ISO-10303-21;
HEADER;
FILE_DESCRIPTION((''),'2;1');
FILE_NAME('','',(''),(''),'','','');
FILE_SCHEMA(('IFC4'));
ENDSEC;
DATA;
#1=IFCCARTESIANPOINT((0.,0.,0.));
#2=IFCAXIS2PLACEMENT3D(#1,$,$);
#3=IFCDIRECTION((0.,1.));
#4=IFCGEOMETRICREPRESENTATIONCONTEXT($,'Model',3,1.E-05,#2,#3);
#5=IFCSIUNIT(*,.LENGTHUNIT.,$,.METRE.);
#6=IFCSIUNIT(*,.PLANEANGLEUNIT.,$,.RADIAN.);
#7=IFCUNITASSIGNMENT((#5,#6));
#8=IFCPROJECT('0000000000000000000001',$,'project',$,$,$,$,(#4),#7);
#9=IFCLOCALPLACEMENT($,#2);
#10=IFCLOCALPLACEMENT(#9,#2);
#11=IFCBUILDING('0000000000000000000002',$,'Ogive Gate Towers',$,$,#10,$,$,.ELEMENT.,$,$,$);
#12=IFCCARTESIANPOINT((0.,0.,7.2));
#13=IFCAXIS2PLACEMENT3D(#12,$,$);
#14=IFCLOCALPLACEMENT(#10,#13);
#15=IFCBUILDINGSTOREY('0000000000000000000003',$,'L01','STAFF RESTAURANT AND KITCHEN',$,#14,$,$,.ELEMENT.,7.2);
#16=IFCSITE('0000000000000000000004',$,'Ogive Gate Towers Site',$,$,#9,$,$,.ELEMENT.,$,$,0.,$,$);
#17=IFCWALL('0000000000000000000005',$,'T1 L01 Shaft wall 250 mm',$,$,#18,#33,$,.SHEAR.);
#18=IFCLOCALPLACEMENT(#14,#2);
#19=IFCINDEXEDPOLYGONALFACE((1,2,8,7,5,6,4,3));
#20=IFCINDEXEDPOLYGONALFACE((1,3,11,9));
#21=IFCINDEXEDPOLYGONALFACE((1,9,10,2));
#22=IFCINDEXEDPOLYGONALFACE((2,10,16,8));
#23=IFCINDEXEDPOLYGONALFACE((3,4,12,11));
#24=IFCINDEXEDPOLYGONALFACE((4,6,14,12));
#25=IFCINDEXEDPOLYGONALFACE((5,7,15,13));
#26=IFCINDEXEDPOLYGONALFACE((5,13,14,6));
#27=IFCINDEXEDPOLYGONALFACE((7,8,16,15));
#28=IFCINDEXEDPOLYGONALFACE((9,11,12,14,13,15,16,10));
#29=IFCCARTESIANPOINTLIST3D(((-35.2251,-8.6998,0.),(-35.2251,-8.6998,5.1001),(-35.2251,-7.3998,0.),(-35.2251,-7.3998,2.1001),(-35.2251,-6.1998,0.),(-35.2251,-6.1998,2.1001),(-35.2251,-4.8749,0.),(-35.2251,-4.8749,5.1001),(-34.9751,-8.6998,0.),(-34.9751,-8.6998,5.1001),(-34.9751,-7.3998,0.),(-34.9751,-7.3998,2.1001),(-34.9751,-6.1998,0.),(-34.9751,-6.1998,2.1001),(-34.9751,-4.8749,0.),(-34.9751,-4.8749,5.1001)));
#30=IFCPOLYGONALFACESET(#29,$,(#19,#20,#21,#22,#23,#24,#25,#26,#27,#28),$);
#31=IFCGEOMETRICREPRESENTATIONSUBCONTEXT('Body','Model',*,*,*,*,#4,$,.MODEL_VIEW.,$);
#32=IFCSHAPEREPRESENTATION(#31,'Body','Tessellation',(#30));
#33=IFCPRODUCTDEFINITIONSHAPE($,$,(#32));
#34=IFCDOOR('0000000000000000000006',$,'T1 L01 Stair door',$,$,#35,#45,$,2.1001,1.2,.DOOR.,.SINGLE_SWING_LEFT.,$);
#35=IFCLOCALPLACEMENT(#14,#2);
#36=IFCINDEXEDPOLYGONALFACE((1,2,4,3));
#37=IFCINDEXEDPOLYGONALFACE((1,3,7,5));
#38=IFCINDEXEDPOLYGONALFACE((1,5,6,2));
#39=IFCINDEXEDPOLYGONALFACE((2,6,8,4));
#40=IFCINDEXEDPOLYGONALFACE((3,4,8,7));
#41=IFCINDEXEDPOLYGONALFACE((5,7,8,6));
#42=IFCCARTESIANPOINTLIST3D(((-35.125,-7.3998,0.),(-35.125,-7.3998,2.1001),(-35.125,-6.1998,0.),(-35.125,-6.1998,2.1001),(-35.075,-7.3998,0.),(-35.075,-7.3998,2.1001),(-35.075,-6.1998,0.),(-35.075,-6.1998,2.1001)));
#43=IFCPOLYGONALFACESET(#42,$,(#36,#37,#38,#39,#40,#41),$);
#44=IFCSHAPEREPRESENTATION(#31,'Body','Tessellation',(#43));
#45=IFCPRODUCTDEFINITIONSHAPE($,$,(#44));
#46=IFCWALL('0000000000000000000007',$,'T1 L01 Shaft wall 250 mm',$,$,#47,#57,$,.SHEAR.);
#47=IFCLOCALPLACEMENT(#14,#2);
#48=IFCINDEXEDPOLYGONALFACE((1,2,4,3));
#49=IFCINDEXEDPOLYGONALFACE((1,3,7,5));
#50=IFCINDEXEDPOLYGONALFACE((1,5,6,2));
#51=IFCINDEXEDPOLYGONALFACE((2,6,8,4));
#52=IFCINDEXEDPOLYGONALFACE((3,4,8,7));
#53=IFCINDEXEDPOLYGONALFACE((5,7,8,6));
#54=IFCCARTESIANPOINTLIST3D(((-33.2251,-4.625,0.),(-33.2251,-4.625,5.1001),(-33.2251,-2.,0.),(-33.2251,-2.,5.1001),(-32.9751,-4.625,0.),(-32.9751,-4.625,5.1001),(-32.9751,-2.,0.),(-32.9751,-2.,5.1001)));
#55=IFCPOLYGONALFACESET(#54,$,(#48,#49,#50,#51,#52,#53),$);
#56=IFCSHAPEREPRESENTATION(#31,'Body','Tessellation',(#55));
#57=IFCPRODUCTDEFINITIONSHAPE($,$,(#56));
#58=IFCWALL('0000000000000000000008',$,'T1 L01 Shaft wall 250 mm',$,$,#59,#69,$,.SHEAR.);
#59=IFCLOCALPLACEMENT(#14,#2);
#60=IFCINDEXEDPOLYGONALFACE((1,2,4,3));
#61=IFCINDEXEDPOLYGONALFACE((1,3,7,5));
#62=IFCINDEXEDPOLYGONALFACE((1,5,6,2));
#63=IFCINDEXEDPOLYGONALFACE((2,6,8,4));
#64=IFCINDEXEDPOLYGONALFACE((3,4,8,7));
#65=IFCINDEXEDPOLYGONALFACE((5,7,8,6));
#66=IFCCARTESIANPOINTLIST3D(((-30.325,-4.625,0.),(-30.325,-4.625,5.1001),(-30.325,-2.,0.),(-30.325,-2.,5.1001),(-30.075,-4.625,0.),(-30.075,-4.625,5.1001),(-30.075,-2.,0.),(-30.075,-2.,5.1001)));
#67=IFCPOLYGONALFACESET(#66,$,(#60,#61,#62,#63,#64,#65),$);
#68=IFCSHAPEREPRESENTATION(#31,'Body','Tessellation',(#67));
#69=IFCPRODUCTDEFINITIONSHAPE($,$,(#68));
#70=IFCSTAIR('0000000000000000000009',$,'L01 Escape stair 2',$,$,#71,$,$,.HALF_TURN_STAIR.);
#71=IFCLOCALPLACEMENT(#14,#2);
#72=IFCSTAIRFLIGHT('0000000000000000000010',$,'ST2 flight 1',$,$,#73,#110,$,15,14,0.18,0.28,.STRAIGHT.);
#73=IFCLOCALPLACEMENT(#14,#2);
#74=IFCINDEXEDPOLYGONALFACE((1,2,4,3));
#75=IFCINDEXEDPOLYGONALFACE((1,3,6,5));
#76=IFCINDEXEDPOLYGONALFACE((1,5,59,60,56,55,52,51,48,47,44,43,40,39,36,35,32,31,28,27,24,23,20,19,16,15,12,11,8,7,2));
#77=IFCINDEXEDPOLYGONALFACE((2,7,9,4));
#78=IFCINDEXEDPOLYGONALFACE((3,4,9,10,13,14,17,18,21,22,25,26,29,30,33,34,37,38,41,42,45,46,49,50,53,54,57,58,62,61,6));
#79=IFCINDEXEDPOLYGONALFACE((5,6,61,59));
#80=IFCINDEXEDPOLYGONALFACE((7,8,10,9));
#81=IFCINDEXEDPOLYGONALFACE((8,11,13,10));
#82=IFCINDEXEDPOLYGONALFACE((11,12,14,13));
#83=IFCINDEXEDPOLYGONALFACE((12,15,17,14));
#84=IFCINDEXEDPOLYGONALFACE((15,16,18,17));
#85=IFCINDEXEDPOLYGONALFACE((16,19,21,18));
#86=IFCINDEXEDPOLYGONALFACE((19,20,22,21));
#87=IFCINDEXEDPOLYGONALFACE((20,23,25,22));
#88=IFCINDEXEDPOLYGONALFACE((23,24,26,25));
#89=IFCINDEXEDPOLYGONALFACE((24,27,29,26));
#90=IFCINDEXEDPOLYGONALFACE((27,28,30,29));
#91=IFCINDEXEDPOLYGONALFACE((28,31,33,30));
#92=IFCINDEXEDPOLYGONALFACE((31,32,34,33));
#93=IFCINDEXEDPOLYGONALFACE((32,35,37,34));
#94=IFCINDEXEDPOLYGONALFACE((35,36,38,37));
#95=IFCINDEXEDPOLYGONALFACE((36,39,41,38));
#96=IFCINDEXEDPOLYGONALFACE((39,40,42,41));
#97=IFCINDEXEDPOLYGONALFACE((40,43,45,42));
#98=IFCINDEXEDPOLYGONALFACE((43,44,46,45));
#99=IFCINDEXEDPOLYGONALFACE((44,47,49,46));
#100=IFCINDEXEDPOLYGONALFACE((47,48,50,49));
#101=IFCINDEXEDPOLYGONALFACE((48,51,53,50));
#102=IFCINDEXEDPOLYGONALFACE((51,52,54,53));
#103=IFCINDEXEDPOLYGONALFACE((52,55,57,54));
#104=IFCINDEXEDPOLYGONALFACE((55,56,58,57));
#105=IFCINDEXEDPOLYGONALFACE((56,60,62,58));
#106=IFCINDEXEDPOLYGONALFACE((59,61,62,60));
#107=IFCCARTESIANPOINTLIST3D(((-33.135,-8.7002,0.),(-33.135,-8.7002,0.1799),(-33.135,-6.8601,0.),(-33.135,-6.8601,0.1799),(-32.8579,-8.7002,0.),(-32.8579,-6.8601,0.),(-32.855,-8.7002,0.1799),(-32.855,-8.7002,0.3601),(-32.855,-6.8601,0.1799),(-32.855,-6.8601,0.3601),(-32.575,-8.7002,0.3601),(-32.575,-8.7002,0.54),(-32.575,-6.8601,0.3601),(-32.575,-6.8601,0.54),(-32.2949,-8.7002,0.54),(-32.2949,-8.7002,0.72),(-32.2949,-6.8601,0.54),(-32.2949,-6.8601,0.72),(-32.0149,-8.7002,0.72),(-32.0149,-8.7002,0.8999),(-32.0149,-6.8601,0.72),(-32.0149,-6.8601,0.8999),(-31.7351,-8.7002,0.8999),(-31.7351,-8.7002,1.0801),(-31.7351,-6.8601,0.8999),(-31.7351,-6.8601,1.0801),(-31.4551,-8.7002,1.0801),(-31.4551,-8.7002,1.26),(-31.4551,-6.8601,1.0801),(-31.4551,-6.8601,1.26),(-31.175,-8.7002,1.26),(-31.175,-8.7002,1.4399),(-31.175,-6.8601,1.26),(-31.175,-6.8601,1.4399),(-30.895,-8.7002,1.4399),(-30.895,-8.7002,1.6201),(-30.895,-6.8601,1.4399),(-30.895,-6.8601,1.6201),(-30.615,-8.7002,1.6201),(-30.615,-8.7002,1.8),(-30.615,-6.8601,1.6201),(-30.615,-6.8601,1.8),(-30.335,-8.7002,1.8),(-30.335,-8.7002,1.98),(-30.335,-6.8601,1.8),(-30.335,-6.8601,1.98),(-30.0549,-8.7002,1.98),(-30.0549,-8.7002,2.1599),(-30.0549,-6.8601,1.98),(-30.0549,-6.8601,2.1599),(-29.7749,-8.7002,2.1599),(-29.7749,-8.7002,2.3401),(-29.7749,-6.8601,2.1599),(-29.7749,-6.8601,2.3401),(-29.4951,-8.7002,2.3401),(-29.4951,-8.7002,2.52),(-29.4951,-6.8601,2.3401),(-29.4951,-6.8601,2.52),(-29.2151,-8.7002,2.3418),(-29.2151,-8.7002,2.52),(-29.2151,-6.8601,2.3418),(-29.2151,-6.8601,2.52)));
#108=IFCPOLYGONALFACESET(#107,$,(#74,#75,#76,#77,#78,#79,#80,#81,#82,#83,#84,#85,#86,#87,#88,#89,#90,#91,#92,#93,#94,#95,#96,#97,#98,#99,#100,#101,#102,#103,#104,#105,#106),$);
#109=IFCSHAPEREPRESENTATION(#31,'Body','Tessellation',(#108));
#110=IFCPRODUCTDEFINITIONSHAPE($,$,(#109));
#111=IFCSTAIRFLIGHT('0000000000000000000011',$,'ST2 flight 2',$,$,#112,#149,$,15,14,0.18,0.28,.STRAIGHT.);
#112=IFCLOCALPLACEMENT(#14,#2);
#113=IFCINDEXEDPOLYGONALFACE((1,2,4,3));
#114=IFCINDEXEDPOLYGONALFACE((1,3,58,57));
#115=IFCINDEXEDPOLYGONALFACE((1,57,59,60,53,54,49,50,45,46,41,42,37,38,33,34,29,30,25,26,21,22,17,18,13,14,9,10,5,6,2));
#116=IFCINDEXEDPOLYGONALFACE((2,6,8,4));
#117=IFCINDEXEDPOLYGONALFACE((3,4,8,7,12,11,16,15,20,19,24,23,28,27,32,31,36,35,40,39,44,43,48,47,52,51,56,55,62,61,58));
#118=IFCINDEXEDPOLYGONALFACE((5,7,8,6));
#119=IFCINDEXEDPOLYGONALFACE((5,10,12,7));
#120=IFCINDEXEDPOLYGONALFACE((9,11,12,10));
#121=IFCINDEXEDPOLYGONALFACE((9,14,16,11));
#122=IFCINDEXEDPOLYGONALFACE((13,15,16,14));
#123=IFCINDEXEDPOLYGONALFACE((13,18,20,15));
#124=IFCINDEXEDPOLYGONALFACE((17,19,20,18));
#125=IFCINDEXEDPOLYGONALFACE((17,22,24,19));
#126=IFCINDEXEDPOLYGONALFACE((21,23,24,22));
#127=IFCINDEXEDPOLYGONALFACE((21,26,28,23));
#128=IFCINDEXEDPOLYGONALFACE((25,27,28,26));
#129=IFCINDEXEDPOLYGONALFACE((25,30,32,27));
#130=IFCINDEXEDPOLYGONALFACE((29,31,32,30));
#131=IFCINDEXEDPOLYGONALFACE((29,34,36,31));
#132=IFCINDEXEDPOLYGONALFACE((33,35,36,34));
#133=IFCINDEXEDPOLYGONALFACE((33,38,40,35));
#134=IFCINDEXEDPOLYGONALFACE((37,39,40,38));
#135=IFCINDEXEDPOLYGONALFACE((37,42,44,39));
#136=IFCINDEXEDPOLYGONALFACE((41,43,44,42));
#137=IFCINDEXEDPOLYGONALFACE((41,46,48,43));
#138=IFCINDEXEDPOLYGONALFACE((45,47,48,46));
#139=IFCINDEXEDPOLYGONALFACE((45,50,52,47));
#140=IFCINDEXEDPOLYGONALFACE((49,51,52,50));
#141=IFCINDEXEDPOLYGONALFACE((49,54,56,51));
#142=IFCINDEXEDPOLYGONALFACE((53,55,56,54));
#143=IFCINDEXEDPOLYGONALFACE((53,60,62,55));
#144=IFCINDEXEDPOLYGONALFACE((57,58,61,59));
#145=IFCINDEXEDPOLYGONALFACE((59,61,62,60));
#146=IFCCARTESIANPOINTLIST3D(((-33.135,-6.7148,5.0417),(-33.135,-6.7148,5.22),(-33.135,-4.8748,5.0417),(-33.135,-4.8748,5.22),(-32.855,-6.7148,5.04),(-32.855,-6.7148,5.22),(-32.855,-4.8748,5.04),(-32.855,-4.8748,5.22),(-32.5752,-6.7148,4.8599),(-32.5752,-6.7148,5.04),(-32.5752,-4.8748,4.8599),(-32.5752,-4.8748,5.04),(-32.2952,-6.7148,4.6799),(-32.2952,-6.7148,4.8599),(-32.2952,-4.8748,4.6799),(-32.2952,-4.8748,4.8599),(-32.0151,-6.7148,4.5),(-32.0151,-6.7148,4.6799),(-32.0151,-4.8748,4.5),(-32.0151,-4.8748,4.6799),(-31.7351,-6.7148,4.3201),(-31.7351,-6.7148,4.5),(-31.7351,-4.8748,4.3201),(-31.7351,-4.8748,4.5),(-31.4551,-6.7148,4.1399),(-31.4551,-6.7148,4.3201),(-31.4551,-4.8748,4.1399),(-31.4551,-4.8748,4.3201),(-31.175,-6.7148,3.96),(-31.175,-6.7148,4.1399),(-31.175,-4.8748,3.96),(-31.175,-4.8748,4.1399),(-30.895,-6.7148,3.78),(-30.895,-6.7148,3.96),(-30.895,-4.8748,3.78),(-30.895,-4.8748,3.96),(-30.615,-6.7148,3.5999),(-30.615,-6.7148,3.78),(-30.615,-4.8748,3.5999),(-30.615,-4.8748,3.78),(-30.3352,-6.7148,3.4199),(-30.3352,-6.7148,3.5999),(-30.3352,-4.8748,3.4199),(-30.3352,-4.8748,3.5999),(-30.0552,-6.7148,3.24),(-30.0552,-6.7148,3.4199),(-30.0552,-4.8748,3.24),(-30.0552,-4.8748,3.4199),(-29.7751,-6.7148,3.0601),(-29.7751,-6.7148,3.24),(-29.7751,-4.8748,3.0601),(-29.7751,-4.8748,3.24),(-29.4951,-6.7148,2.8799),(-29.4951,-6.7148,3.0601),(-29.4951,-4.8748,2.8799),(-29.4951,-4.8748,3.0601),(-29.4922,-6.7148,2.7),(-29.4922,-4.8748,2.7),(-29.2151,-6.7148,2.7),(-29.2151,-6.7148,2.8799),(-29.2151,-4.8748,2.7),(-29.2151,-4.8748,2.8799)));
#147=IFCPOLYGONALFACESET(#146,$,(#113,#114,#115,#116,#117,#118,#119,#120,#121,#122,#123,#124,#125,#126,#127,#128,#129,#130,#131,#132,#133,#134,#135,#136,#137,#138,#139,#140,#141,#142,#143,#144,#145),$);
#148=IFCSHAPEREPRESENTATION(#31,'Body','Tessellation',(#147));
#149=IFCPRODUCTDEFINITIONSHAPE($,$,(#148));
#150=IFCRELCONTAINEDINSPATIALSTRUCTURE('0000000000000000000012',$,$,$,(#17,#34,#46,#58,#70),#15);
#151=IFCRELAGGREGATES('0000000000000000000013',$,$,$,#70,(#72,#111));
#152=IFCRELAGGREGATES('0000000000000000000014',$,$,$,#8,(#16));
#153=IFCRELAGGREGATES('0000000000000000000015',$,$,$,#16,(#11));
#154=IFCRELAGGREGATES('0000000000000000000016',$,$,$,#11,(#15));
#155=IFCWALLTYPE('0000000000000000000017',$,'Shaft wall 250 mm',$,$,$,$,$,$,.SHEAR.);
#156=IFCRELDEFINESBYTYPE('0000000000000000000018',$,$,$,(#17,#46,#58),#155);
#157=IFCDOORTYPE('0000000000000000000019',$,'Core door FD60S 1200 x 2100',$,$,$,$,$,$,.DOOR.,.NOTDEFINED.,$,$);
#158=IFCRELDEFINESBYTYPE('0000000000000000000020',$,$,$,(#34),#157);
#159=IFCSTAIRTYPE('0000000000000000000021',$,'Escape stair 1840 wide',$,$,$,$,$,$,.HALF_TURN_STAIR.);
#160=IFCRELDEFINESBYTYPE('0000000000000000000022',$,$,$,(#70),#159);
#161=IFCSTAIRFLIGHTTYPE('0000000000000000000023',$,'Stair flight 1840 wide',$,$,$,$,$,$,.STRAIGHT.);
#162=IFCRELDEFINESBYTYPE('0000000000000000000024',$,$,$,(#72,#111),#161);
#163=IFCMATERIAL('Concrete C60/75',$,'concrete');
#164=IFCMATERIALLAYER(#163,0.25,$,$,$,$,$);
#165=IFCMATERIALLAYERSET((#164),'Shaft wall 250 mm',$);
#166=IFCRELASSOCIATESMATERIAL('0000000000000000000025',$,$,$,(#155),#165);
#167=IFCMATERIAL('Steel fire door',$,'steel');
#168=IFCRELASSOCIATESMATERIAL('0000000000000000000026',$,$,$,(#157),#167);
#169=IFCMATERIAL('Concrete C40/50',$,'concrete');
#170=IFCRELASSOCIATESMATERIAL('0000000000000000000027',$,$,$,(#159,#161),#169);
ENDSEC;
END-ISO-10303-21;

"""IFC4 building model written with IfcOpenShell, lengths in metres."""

from ifc_helpers import new_model, si_unit, direction, frame, frame_2d, origin, place, context, subcontext, project, spatial, polyline, rectangle, outline, extrude, material, layer, layer_set, type_object, element, fill, aggregate, save


model = new_model("IFC4")

# Units and contexts
model_context = context("Model", 3, precision=1e-05, world=origin(), true_north=direction((0.0, 1.0)))
body_context = subcontext(model_context, "Body", "Model", "MODEL_VIEW")
ifc_project = project(units=[si_unit("LENGTHUNIT", "METRE"), si_unit("PLANEANGLEUNIT", "RADIAN")], contexts=[model_context])

# Site, building, storey
site_placement = place(None, origin())
site = spatial("IfcSite", under=ifc_project, at=site_placement, Name="Ogive Gate Towers Site", CompositionType="ELEMENT", RefElevation=0.0)
building_placement = place(site_placement, origin())
building = spatial("IfcBuilding", under=site, at=building_placement, Name="Ogive Gate Towers", CompositionType="ELEMENT")
storey_placement = place(building_placement, frame((0.0, 0.0, 7.2)))
storey = spatial("IfcBuildingStorey", under=building, at=storey_placement, Name="L01", Description="STAFF RESTAURANT AND KITCHEN", CompositionType="ELEMENT", Elevation=7.2)

# Shared definitions
ifc_material_1 = material(Name="Concrete C40/50", Category="concrete")

# Shared definitions
ifc_material_2 = material(Name="Concrete C60/75", Category="concrete")
ifc_material_3 = material(Name="Steel fire door", Category="steel")

# Wall, opening, door
ifc_layer_1 = layer(ifc_material_2, 0.25)
ifc_layer_set_1 = layer_set([ifc_layer_1], Name="Shaft wall 250 mm")
wall_type_1 = type_object("IfcWallType", Name="Shaft wall 250 mm", PredefinedType="SHEAR", material=ifc_layer_set_1)
wall_1_placement = place(storey_placement, frame((-35.1001, -8.7, 0.0), z_axis=(0.0, 0.0, 1.0), x_axis=(0.0, 1.0, 0.0)))
wall_1 = element("IfcWall", 1, at=wall_1_placement, inside=storey, type_object=wall_type_1, Name="T1 L01 Shaft wall 250 mm", PredefinedType="SHEAR", context=body_context, shape_type="SweptSolid", body=[
    extrude(rectangle(XDim=3.825, YDim=0.25, at=frame_2d((1.9126, 0.0))), origin(), (0.0, 0.0, 1.0), 5.1001),
])
opening_1_placement = place(wall_1_placement, frame((1.3, 0.0, 0.0)))
opening_1 = element("IfcOpeningElement", 2, at=opening_1_placement, cuts=wall_1, PredefinedType="OPENING", context=body_context, shape_type="SweptSolid", body=[
    extrude(rectangle(XDim=1.2, YDim=2.1001, at=frame_2d((0.6001, 1.05))), frame((0.0, 0.135, 0.0), z_axis=(0.0, -1.0, 0.0), x_axis=(1.0, 0.0, 0.0)), (0.0, 0.0, 1.0), 0.27),
])
door_type_1 = type_object("IfcDoorType", Name="Core door FD60S 1200 x 2100", OperationType="NOTDEFINED", PredefinedType="DOOR", material=ifc_material_3)
door_1_placement = place(opening_1_placement, origin())
door_1 = element("IfcDoor", 3, at=door_1_placement, inside=storey, type_object=door_type_1, Name="T1 L01 Stair door", OperationType="SINGLE_SWING_LEFT", OverallHeight=2.1001, OverallWidth=1.2, PredefinedType="DOOR", context=body_context, shape_type="SweptSolid", body=[
    extrude(rectangle(XDim=1.2, YDim=2.1001, at=frame_2d((0.6001, 1.05))), frame((0.0, 0.0249, 0.0), z_axis=(0.0, -1.0, 0.0), x_axis=(1.0, 0.0, 0.0)), (0.0, 0.0, 1.0), 0.05),
])
fill(opening_1, door_1)

# Walls
for number, where, z_axis, x_axis, name in (
    (4, (-33.1001, -4.625, 0.0), (0.0, 0.0, 1.0), (0.0, 1.0, 0.0), "T1 L01 Shaft wall 250 mm"),
    (5, (-30.2, -4.625, 0.0), (0.0, 0.0, 1.0), (0.0, 1.0, 0.0), "T1 L01 Shaft wall 250 mm"),
):
    element("IfcWall", number, at=place(storey_placement, frame(where, z_axis=z_axis, x_axis=x_axis)), inside=storey, type_object=wall_type_1, Name=name, PredefinedType="SHEAR", context=body_context, shape_type="SweptSolid", body=[
        extrude(rectangle(XDim=2.625, YDim=0.25, at=frame_2d((1.3125, 0.0))), origin(), (0.0, 0.0, 1.0), 5.1001),
    ])

# Stair, stair flights
stair_type = type_object("IfcStairType", Name="Escape stair 1840 wide", PredefinedType="HALF_TURN_STAIR", material=ifc_material_1)
stair_placement = place(storey_placement, origin())
stair = element("IfcStair", 6, at=stair_placement, inside=storey, type_object=stair_type, Name="L01 Escape stair 2", PredefinedType="HALF_TURN_STAIR")
stair_flight_type = type_object("IfcStairFlightType", Name="Stair flight 1840 wide", PredefinedType="STRAIGHT", material=ifc_material_1)
stair_flight_1_placement = place(storey_placement, frame((-33.135, -7.78, 0.0), z_axis=(0.0, 0.0, 1.0), x_axis=(1.0, 0.0, 0.0)))
stair_flight_1 = element("IfcStairFlight", 7, at=stair_flight_1_placement, type_object=stair_flight_type, Name="ST2 flight 1", NumberOfRisers=15, NumberOfTreads=14, PredefinedType="STRAIGHT", RiserHeight=0.18, TreadLength=0.28, context=body_context, shape_type="SweptSolid", body=[
    extrude(outline(polyline([(0.0, 0.0), (0.0, 0.1799), (0.28, 0.1799), (0.28, 0.3601), (0.5601, 0.3601), (0.5601, 0.54), (0.8401, 0.54), (0.8401, 0.72), (1.1201, 0.72), (1.1201, 0.8999), (1.3999, 0.8999), (1.3999, 1.0801), (1.6799, 1.0801), (1.6799, 1.26), (1.96, 1.26), (1.96, 1.4399), (2.24, 1.4399), (2.24, 1.6201), (2.52, 1.6201), (2.52, 1.8), (2.8, 1.8), (2.8, 1.98), (3.0801, 1.98), (3.0801, 2.1599), (3.3601, 2.1599), (3.3601, 2.3401), (3.6399, 2.3401), (3.6399, 2.52), (3.9199, 2.52), (3.9199, 2.7), (3.9199, 2.3418), (0.2771, 0.0), (0.0, 0.0)])), frame((0.0, 0.9199, 0.0), z_axis=(0.0, -1.0, 0.0), x_axis=(1.0, 0.0, 0.0)), (0.0, 0.0, 1.0), 1.8401),
])
stair_flight_2_placement = place(storey_placement, frame((-29.2151, -5.7949, 2.7), z_axis=(0.0, 0.0, 1.0), x_axis=(-1.0, 0.0, 0.0)))
stair_flight_2 = element("IfcStairFlight", 8, at=stair_flight_2_placement, type_object=stair_flight_type, Name="ST2 flight 2", NumberOfRisers=15, NumberOfTreads=14, PredefinedType="STRAIGHT", RiserHeight=0.18, TreadLength=0.28, context=body_context, shape_type="SweptSolid", body=[
    extrude(outline(polyline([(0.0, 0.0), (0.0, 0.1799), (0.28, 0.1799), (0.28, 0.3601), (0.5601, 0.3601), (0.5601, 0.54), (0.8401, 0.54), (0.8401, 0.72), (1.1201, 0.72), (1.1201, 0.8999), (1.3999, 0.8999), (1.3999, 1.0801), (1.6799, 1.0801), (1.6799, 1.26), (1.96, 1.26), (1.96, 1.4399), (2.24, 1.4399), (2.24, 1.6201), (2.52, 1.6201), (2.52, 1.8), (2.8, 1.8), (2.8, 1.98), (3.0801, 1.98), (3.0801, 2.1599), (3.3601, 2.1599), (3.3601, 2.3401), (3.6399, 2.3401), (3.6399, 2.52), (3.9199, 2.52), (3.9199, 2.7), (3.9199, 2.3418), (0.2771, 0.0), (0.0, 0.0)])), frame((0.0, 0.9199, 0.0), z_axis=(0.0, -1.0, 0.0), x_axis=(1.0, 0.0, 0.0)), (0.0, 0.0, 1.0), 1.8401),
])
aggregate(stair, [stair_flight_1, stair_flight_2])

save(model, "model.ifc")
